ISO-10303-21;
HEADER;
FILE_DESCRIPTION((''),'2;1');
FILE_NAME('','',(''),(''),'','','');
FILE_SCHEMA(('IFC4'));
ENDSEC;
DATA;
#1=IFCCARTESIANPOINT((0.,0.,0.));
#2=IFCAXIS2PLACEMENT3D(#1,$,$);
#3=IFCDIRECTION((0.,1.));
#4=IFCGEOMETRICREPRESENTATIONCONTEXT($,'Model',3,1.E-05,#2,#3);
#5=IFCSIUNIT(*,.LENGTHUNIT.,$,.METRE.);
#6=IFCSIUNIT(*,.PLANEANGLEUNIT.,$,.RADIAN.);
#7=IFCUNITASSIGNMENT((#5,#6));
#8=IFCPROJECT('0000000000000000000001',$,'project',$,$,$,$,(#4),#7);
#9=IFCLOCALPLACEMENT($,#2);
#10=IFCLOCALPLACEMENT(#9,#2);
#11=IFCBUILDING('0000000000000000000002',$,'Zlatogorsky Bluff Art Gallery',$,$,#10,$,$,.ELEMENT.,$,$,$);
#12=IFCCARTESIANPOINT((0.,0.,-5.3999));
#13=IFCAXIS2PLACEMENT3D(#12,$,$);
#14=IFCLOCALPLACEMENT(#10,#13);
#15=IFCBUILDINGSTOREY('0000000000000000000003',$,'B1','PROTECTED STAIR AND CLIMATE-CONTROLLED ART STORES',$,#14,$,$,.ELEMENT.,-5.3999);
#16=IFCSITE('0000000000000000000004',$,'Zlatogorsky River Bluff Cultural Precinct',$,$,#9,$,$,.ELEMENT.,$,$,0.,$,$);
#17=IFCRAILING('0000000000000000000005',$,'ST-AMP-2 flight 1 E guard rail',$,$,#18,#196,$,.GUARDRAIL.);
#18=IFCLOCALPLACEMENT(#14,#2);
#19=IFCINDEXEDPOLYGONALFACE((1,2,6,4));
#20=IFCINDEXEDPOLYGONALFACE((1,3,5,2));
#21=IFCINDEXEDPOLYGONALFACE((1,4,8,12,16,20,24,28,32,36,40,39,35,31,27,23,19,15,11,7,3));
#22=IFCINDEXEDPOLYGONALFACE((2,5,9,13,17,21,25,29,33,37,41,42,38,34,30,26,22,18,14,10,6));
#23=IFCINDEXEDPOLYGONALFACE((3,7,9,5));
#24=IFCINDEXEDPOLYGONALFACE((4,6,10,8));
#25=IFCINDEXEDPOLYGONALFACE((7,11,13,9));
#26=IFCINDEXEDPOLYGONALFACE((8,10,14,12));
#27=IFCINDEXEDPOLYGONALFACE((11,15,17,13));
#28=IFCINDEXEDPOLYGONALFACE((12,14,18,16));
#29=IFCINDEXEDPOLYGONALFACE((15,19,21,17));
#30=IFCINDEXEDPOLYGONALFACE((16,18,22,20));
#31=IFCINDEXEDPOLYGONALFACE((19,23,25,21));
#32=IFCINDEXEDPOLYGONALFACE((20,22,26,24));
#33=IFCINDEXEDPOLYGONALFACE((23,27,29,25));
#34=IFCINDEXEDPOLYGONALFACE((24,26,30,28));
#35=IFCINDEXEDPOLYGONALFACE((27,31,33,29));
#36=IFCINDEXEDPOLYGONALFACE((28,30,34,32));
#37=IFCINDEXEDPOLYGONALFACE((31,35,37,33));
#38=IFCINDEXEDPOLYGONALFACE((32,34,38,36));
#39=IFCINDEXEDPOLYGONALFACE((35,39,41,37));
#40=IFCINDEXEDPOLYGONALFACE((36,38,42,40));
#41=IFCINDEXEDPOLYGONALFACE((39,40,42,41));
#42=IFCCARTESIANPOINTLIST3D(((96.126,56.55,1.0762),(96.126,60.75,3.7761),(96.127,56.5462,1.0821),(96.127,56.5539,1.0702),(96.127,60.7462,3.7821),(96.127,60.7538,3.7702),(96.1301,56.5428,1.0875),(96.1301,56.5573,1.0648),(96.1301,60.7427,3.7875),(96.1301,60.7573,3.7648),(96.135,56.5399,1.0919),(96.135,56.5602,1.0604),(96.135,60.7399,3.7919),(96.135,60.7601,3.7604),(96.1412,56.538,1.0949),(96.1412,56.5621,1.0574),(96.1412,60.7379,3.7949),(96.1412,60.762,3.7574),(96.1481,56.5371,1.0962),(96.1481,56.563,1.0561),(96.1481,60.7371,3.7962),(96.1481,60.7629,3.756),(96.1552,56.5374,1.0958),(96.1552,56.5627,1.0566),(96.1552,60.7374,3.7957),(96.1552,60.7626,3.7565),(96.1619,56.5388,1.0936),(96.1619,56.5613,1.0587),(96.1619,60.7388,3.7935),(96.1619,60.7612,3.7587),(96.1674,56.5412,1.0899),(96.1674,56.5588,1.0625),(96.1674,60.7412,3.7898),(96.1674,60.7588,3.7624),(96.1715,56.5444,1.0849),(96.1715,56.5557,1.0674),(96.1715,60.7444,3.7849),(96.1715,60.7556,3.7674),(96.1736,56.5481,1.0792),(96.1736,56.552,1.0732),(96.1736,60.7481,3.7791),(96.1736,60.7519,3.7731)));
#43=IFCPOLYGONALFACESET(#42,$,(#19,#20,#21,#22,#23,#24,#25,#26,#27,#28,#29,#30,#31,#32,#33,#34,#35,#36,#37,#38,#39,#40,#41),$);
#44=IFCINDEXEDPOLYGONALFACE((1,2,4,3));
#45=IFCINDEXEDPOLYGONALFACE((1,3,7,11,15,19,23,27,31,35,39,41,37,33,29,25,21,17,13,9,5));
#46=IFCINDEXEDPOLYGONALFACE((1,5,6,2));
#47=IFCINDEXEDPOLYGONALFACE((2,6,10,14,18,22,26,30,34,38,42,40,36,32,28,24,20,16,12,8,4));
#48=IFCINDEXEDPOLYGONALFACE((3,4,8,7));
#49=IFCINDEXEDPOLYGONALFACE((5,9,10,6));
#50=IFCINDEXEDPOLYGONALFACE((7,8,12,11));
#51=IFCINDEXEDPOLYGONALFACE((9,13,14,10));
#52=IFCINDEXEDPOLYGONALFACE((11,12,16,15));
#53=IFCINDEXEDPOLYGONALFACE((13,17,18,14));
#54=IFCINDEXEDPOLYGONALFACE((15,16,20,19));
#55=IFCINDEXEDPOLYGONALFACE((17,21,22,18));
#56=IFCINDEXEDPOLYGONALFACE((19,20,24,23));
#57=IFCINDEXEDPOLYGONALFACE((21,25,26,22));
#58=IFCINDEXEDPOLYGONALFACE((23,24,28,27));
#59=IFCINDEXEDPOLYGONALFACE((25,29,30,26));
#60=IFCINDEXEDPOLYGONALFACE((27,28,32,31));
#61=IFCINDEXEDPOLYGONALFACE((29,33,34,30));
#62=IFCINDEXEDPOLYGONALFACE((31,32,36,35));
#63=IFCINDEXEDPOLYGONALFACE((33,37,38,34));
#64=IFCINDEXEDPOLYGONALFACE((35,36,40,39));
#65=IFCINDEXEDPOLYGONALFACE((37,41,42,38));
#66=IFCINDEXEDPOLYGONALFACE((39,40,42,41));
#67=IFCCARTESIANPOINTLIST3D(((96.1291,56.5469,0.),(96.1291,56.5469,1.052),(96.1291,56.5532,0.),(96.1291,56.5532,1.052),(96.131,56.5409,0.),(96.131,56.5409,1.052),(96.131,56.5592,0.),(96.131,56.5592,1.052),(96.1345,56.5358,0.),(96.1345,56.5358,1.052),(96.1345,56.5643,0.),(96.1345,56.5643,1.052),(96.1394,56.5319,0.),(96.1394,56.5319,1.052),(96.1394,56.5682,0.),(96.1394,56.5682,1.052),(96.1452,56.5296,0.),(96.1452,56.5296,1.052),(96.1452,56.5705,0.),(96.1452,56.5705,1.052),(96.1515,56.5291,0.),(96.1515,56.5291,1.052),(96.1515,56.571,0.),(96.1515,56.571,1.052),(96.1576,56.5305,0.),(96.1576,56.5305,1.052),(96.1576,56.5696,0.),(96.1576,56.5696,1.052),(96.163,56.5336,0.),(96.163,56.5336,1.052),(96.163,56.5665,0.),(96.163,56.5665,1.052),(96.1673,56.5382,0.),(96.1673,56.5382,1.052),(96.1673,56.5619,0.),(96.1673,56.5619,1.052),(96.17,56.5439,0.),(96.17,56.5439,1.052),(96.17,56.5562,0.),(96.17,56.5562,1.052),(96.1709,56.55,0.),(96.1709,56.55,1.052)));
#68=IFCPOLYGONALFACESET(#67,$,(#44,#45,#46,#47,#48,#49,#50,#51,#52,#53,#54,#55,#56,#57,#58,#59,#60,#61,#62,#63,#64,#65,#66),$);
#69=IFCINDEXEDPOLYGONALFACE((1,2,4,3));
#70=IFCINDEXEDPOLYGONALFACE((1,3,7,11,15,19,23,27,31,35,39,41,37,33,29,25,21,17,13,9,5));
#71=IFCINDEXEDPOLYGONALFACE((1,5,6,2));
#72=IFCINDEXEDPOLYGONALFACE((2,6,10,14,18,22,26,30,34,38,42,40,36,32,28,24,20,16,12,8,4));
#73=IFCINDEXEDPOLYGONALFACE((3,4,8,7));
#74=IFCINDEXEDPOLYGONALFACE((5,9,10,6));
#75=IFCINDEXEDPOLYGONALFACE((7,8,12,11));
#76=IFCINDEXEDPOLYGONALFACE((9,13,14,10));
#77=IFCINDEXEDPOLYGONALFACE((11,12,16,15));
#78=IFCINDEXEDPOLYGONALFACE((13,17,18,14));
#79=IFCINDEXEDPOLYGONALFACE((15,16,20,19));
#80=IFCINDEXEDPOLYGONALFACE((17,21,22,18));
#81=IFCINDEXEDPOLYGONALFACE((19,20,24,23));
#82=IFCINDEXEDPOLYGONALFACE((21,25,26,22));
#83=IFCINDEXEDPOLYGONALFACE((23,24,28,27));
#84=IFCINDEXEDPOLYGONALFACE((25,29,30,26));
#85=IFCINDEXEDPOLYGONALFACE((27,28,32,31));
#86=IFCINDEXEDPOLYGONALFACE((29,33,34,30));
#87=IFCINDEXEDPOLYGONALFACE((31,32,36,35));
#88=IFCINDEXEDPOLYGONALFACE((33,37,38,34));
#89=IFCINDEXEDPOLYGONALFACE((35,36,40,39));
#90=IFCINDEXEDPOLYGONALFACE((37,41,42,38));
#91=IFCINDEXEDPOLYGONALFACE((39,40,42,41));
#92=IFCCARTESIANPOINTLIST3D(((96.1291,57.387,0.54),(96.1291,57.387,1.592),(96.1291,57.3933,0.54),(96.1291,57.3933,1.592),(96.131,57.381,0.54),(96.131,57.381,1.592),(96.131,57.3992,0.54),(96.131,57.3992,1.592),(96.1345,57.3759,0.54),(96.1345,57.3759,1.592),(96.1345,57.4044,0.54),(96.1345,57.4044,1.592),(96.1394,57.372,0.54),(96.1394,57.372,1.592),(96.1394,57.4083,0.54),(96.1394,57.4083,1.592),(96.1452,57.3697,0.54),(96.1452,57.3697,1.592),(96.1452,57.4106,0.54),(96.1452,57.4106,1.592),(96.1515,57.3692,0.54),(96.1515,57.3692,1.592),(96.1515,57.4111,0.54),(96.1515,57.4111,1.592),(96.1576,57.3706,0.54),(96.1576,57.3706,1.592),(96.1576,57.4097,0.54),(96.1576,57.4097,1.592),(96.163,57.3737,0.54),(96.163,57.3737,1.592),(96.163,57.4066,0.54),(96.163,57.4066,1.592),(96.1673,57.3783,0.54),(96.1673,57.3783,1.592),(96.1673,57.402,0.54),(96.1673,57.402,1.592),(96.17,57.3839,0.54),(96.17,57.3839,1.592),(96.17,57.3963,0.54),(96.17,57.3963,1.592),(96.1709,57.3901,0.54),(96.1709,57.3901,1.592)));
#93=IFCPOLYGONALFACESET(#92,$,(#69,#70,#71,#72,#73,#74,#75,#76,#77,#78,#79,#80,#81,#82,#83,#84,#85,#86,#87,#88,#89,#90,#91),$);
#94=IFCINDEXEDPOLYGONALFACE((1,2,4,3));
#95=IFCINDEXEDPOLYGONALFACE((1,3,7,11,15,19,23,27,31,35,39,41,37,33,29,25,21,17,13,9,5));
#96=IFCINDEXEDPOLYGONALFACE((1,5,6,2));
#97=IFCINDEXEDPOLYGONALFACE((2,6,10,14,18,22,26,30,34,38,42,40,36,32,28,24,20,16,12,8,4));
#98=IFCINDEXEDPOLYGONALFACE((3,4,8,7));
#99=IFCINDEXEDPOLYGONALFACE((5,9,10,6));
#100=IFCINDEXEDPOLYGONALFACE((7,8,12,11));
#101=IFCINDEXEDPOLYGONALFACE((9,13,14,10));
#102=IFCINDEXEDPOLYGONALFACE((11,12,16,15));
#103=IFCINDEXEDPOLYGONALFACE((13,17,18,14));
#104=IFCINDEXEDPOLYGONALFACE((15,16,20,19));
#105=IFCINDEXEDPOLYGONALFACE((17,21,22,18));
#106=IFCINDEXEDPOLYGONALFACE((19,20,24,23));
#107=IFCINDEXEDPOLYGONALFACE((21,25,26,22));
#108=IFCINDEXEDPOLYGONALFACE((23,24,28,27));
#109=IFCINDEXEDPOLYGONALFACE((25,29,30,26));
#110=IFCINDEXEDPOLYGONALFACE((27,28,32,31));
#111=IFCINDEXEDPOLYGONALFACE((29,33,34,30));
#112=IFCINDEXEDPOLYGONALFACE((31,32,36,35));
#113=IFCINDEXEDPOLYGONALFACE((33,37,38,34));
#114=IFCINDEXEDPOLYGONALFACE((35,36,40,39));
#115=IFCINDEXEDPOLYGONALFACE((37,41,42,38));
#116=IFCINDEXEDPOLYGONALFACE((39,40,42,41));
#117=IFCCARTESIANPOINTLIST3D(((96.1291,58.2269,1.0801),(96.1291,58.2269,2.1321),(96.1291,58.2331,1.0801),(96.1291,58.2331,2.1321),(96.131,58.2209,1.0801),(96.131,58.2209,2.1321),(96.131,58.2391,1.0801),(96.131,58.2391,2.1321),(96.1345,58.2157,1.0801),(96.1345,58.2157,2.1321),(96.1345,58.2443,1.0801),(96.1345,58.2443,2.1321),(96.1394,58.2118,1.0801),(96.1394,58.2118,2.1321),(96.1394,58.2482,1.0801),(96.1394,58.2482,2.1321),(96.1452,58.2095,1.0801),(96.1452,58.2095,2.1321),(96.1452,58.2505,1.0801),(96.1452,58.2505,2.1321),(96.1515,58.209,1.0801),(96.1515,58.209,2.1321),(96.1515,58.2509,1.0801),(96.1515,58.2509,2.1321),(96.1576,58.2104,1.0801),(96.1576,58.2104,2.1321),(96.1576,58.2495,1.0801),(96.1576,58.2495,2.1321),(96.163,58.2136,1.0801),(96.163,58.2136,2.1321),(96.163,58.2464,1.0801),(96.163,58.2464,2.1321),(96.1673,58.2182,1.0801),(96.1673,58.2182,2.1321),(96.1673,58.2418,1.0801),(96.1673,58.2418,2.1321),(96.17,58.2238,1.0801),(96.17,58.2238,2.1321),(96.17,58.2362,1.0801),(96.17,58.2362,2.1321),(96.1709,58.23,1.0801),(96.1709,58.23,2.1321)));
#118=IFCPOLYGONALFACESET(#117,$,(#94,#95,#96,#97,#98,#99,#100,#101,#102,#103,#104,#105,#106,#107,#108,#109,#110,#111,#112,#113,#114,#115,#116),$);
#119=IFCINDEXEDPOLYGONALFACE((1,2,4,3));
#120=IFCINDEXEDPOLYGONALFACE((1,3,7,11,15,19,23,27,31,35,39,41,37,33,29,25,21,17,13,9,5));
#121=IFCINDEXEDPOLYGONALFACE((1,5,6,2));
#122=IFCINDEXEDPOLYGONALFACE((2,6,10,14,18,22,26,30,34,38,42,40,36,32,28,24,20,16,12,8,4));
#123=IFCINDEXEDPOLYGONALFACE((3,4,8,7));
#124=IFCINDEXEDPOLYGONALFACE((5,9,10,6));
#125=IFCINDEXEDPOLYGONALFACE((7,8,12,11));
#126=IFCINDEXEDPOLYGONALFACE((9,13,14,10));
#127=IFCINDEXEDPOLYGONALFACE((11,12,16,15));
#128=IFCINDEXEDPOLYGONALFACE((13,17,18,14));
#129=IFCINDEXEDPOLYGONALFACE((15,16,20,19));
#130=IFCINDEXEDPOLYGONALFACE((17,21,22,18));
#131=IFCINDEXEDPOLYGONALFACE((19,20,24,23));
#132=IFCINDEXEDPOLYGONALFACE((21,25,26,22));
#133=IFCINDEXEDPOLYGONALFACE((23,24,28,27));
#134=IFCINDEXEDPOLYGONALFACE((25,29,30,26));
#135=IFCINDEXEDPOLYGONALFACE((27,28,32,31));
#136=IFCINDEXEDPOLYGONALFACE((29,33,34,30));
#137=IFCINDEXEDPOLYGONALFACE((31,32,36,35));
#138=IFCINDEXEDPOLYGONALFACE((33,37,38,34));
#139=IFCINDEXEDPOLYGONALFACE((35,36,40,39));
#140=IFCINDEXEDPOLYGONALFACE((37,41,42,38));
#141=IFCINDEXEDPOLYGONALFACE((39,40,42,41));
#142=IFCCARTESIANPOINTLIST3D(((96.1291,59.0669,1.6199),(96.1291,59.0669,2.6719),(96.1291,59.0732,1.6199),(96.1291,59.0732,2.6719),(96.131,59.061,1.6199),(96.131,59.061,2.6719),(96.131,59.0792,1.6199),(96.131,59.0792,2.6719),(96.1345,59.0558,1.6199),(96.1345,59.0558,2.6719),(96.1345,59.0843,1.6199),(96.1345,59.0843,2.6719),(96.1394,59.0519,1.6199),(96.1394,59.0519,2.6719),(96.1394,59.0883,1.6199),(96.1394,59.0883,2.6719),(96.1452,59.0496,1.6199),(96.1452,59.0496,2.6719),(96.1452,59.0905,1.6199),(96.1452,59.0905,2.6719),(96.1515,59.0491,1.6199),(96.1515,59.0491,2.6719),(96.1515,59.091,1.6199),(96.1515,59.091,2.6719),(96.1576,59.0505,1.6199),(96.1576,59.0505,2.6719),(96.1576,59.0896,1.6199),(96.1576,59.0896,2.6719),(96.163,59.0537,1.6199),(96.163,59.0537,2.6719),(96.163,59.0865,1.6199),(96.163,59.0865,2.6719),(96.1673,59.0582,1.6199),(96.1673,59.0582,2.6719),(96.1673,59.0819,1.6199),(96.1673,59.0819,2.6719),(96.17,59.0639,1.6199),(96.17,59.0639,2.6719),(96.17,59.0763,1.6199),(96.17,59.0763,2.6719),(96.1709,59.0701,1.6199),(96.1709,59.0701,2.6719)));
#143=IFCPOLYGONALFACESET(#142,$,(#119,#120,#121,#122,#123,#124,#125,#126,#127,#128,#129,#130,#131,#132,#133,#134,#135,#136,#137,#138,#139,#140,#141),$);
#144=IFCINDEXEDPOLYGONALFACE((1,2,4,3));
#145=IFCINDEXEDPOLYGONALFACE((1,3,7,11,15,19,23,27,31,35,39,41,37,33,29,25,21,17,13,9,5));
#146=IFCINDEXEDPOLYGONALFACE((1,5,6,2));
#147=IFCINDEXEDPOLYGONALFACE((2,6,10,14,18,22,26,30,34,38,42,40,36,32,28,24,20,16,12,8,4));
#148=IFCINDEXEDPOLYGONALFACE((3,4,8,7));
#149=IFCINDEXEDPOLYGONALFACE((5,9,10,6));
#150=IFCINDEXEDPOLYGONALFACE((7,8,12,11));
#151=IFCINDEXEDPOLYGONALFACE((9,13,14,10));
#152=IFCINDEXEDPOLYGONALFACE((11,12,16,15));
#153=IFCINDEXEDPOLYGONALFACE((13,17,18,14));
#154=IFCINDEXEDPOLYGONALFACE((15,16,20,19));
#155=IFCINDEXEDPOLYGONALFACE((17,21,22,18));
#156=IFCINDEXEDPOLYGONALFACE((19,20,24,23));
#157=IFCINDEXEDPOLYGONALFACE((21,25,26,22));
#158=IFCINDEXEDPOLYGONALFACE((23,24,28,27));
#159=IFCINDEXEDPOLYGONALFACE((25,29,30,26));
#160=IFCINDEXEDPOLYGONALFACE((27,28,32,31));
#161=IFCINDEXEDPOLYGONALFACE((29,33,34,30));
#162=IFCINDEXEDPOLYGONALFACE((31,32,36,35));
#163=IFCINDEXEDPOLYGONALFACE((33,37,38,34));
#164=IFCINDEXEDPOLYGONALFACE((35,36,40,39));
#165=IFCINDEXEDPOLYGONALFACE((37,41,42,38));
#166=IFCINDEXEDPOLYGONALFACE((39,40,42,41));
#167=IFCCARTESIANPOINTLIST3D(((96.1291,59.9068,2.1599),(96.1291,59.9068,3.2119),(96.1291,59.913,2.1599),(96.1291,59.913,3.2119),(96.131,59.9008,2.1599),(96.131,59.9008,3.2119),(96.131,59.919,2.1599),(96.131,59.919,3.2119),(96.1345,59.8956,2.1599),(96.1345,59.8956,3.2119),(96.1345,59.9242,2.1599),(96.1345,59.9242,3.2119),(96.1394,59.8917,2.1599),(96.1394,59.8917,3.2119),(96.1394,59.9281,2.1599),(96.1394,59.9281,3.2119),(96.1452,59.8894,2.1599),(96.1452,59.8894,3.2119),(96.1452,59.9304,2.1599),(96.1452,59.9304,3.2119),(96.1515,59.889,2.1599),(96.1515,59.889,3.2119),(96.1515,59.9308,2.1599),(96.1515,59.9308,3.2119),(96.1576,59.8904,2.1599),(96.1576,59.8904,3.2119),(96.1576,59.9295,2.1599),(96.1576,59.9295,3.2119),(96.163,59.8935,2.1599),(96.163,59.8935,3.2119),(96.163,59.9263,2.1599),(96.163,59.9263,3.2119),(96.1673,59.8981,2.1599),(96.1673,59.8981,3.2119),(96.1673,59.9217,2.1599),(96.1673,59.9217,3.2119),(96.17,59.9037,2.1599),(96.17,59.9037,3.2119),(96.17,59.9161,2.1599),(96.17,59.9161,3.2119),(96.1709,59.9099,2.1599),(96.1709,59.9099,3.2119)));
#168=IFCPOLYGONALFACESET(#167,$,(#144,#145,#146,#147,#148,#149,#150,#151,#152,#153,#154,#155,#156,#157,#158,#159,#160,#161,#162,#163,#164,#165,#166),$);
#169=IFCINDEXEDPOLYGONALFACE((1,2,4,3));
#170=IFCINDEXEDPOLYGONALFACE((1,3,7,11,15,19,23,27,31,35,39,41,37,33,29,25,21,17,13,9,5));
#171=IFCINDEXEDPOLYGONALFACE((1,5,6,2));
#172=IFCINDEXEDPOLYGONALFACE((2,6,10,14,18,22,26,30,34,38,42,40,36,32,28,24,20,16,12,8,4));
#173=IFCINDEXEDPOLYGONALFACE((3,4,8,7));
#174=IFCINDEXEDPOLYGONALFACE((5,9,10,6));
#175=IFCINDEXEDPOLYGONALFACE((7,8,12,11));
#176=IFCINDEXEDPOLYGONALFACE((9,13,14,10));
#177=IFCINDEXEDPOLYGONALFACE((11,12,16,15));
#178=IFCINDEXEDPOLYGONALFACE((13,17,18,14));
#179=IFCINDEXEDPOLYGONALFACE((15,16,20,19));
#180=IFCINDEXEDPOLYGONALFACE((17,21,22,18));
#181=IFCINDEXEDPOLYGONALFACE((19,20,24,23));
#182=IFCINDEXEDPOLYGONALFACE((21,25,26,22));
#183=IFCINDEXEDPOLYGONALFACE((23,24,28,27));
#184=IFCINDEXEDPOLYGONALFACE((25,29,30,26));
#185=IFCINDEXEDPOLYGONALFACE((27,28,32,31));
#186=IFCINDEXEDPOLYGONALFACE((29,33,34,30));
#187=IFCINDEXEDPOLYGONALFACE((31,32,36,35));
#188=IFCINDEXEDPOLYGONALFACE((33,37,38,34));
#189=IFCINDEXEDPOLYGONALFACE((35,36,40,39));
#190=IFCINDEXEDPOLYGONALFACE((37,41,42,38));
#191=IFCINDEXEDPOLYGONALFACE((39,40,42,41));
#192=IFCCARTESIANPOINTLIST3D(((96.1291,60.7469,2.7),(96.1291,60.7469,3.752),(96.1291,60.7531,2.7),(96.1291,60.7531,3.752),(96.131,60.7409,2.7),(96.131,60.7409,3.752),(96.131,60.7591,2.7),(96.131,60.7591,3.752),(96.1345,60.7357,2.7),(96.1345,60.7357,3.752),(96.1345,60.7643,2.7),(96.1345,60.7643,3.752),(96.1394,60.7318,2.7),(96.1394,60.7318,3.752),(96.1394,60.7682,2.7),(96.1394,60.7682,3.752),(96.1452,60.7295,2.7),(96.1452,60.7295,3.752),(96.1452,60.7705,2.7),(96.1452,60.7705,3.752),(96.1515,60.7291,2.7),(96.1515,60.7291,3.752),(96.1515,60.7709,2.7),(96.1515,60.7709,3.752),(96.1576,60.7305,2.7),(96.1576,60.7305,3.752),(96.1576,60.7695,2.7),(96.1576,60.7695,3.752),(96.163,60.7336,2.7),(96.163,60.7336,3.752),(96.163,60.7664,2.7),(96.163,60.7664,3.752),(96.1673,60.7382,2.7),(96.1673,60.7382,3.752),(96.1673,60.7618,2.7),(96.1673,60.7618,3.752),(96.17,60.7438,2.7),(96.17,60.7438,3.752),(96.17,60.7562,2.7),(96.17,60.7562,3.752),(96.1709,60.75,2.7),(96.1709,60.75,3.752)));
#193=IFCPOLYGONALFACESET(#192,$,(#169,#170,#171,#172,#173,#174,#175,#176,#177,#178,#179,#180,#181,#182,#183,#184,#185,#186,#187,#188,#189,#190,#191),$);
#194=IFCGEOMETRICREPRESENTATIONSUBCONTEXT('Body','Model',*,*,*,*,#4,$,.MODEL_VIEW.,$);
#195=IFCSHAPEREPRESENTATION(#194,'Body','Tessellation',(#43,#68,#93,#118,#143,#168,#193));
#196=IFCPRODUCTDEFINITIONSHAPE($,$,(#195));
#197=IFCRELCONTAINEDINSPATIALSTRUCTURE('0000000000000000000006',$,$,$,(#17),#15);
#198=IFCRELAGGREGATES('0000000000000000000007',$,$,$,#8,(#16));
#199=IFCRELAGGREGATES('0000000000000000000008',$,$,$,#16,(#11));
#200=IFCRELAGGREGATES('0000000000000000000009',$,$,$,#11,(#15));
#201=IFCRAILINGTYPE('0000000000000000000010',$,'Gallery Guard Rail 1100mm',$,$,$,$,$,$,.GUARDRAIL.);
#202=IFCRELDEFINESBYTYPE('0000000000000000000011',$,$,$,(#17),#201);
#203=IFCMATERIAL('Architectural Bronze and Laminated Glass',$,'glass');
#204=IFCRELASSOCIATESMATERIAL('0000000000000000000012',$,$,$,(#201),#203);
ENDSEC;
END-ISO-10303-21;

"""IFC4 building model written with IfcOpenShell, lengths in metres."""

from ifc_helpers import new_model, si_unit, direction, frame, origin, origin_2d, place, context, subcontext, project, spatial, circle, extrude, material, type_object, element, save


model = new_model("IFC4")

# Units and contexts
model_context = context("Model", 3, precision=1e-05, world=origin(), true_north=direction((0.0, 1.0)))
body_context = subcontext(model_context, "Body", "Model", "MODEL_VIEW")
ifc_project = project(units=[si_unit("LENGTHUNIT", "METRE"), si_unit("PLANEANGLEUNIT", "RADIAN")], contexts=[model_context])

# Site, building, storey
site_placement = place(None, origin())
site = spatial("IfcSite", under=ifc_project, at=site_placement, Name="Zlatogorsky River Bluff Cultural Precinct", CompositionType="ELEMENT", RefElevation=0.0)
building_placement = place(site_placement, origin())
building = spatial("IfcBuilding", under=site, at=building_placement, Name="Zlatogorsky Bluff Art Gallery", CompositionType="ELEMENT")
storey_placement = place(building_placement, frame((0.0, 0.0, -5.3999)))
storey = spatial("IfcBuildingStorey", under=building, at=storey_placement, Name="B1", Description="PROTECTED STAIR AND CLIMATE-CONTROLLED ART STORES", CompositionType="ELEMENT", Elevation=-5.3999)

# Railing
ifc_material_1 = material(Name="Architectural Bronze and Laminated Glass", Category="glass")
railing_type_1 = type_object("IfcRailingType", Name="Gallery Guard Rail 1100mm", PredefinedType="GUARDRAIL", material=ifc_material_1)
for number, where, name in (
    (1, (96.1499, 56.55, 0.0), "ST-AMP-2 flight 1 E guard rail"),
):
    element("IfcRailing", number, at=place(storey_placement, frame(where)), inside=storey, type_object=railing_type_1, Name=name, PredefinedType="GUARDRAIL", context=body_context, shape_type="SweptSolid", body=[
        extrude(circle(Radius=0.0239, at=origin_2d()), frame((0.0, 0.0, 1.0762), z_axis=(0.0, 0.84118, 0.540755), x_axis=(-1.0, 0.0, 0.0)), (0.0, 0.0, 1.0), 4.9929),
        extrude(circle(Radius=0.021, at=origin_2d()), origin(), (0.0, 0.0, 1.0), 1.052),
        extrude(circle(Radius=0.021, at=origin_2d()), frame((0.0, 0.8401, 0.54)), (0.0, 0.0, 1.0), 1.052),
        extrude(circle(Radius=0.021, at=origin_2d()), frame((0.0, 1.6799, 1.0801)), (0.0, 0.0, 1.0), 1.052),
        extrude(circle(Radius=0.021, at=origin_2d()), frame((0.0, 2.52, 1.6199)), (0.0, 0.0, 1.0), 1.052),
        extrude(circle(Radius=0.021, at=origin_2d()), frame((0.0, 3.3599, 2.1599)), (0.0, 0.0, 1.0), 1.052),
        extrude(circle(Radius=0.021, at=origin_2d()), frame((0.0, 4.2, 2.7)), (0.0, 0.0, 1.0), 1.052),
    ])

save(model, "model.ifc")
